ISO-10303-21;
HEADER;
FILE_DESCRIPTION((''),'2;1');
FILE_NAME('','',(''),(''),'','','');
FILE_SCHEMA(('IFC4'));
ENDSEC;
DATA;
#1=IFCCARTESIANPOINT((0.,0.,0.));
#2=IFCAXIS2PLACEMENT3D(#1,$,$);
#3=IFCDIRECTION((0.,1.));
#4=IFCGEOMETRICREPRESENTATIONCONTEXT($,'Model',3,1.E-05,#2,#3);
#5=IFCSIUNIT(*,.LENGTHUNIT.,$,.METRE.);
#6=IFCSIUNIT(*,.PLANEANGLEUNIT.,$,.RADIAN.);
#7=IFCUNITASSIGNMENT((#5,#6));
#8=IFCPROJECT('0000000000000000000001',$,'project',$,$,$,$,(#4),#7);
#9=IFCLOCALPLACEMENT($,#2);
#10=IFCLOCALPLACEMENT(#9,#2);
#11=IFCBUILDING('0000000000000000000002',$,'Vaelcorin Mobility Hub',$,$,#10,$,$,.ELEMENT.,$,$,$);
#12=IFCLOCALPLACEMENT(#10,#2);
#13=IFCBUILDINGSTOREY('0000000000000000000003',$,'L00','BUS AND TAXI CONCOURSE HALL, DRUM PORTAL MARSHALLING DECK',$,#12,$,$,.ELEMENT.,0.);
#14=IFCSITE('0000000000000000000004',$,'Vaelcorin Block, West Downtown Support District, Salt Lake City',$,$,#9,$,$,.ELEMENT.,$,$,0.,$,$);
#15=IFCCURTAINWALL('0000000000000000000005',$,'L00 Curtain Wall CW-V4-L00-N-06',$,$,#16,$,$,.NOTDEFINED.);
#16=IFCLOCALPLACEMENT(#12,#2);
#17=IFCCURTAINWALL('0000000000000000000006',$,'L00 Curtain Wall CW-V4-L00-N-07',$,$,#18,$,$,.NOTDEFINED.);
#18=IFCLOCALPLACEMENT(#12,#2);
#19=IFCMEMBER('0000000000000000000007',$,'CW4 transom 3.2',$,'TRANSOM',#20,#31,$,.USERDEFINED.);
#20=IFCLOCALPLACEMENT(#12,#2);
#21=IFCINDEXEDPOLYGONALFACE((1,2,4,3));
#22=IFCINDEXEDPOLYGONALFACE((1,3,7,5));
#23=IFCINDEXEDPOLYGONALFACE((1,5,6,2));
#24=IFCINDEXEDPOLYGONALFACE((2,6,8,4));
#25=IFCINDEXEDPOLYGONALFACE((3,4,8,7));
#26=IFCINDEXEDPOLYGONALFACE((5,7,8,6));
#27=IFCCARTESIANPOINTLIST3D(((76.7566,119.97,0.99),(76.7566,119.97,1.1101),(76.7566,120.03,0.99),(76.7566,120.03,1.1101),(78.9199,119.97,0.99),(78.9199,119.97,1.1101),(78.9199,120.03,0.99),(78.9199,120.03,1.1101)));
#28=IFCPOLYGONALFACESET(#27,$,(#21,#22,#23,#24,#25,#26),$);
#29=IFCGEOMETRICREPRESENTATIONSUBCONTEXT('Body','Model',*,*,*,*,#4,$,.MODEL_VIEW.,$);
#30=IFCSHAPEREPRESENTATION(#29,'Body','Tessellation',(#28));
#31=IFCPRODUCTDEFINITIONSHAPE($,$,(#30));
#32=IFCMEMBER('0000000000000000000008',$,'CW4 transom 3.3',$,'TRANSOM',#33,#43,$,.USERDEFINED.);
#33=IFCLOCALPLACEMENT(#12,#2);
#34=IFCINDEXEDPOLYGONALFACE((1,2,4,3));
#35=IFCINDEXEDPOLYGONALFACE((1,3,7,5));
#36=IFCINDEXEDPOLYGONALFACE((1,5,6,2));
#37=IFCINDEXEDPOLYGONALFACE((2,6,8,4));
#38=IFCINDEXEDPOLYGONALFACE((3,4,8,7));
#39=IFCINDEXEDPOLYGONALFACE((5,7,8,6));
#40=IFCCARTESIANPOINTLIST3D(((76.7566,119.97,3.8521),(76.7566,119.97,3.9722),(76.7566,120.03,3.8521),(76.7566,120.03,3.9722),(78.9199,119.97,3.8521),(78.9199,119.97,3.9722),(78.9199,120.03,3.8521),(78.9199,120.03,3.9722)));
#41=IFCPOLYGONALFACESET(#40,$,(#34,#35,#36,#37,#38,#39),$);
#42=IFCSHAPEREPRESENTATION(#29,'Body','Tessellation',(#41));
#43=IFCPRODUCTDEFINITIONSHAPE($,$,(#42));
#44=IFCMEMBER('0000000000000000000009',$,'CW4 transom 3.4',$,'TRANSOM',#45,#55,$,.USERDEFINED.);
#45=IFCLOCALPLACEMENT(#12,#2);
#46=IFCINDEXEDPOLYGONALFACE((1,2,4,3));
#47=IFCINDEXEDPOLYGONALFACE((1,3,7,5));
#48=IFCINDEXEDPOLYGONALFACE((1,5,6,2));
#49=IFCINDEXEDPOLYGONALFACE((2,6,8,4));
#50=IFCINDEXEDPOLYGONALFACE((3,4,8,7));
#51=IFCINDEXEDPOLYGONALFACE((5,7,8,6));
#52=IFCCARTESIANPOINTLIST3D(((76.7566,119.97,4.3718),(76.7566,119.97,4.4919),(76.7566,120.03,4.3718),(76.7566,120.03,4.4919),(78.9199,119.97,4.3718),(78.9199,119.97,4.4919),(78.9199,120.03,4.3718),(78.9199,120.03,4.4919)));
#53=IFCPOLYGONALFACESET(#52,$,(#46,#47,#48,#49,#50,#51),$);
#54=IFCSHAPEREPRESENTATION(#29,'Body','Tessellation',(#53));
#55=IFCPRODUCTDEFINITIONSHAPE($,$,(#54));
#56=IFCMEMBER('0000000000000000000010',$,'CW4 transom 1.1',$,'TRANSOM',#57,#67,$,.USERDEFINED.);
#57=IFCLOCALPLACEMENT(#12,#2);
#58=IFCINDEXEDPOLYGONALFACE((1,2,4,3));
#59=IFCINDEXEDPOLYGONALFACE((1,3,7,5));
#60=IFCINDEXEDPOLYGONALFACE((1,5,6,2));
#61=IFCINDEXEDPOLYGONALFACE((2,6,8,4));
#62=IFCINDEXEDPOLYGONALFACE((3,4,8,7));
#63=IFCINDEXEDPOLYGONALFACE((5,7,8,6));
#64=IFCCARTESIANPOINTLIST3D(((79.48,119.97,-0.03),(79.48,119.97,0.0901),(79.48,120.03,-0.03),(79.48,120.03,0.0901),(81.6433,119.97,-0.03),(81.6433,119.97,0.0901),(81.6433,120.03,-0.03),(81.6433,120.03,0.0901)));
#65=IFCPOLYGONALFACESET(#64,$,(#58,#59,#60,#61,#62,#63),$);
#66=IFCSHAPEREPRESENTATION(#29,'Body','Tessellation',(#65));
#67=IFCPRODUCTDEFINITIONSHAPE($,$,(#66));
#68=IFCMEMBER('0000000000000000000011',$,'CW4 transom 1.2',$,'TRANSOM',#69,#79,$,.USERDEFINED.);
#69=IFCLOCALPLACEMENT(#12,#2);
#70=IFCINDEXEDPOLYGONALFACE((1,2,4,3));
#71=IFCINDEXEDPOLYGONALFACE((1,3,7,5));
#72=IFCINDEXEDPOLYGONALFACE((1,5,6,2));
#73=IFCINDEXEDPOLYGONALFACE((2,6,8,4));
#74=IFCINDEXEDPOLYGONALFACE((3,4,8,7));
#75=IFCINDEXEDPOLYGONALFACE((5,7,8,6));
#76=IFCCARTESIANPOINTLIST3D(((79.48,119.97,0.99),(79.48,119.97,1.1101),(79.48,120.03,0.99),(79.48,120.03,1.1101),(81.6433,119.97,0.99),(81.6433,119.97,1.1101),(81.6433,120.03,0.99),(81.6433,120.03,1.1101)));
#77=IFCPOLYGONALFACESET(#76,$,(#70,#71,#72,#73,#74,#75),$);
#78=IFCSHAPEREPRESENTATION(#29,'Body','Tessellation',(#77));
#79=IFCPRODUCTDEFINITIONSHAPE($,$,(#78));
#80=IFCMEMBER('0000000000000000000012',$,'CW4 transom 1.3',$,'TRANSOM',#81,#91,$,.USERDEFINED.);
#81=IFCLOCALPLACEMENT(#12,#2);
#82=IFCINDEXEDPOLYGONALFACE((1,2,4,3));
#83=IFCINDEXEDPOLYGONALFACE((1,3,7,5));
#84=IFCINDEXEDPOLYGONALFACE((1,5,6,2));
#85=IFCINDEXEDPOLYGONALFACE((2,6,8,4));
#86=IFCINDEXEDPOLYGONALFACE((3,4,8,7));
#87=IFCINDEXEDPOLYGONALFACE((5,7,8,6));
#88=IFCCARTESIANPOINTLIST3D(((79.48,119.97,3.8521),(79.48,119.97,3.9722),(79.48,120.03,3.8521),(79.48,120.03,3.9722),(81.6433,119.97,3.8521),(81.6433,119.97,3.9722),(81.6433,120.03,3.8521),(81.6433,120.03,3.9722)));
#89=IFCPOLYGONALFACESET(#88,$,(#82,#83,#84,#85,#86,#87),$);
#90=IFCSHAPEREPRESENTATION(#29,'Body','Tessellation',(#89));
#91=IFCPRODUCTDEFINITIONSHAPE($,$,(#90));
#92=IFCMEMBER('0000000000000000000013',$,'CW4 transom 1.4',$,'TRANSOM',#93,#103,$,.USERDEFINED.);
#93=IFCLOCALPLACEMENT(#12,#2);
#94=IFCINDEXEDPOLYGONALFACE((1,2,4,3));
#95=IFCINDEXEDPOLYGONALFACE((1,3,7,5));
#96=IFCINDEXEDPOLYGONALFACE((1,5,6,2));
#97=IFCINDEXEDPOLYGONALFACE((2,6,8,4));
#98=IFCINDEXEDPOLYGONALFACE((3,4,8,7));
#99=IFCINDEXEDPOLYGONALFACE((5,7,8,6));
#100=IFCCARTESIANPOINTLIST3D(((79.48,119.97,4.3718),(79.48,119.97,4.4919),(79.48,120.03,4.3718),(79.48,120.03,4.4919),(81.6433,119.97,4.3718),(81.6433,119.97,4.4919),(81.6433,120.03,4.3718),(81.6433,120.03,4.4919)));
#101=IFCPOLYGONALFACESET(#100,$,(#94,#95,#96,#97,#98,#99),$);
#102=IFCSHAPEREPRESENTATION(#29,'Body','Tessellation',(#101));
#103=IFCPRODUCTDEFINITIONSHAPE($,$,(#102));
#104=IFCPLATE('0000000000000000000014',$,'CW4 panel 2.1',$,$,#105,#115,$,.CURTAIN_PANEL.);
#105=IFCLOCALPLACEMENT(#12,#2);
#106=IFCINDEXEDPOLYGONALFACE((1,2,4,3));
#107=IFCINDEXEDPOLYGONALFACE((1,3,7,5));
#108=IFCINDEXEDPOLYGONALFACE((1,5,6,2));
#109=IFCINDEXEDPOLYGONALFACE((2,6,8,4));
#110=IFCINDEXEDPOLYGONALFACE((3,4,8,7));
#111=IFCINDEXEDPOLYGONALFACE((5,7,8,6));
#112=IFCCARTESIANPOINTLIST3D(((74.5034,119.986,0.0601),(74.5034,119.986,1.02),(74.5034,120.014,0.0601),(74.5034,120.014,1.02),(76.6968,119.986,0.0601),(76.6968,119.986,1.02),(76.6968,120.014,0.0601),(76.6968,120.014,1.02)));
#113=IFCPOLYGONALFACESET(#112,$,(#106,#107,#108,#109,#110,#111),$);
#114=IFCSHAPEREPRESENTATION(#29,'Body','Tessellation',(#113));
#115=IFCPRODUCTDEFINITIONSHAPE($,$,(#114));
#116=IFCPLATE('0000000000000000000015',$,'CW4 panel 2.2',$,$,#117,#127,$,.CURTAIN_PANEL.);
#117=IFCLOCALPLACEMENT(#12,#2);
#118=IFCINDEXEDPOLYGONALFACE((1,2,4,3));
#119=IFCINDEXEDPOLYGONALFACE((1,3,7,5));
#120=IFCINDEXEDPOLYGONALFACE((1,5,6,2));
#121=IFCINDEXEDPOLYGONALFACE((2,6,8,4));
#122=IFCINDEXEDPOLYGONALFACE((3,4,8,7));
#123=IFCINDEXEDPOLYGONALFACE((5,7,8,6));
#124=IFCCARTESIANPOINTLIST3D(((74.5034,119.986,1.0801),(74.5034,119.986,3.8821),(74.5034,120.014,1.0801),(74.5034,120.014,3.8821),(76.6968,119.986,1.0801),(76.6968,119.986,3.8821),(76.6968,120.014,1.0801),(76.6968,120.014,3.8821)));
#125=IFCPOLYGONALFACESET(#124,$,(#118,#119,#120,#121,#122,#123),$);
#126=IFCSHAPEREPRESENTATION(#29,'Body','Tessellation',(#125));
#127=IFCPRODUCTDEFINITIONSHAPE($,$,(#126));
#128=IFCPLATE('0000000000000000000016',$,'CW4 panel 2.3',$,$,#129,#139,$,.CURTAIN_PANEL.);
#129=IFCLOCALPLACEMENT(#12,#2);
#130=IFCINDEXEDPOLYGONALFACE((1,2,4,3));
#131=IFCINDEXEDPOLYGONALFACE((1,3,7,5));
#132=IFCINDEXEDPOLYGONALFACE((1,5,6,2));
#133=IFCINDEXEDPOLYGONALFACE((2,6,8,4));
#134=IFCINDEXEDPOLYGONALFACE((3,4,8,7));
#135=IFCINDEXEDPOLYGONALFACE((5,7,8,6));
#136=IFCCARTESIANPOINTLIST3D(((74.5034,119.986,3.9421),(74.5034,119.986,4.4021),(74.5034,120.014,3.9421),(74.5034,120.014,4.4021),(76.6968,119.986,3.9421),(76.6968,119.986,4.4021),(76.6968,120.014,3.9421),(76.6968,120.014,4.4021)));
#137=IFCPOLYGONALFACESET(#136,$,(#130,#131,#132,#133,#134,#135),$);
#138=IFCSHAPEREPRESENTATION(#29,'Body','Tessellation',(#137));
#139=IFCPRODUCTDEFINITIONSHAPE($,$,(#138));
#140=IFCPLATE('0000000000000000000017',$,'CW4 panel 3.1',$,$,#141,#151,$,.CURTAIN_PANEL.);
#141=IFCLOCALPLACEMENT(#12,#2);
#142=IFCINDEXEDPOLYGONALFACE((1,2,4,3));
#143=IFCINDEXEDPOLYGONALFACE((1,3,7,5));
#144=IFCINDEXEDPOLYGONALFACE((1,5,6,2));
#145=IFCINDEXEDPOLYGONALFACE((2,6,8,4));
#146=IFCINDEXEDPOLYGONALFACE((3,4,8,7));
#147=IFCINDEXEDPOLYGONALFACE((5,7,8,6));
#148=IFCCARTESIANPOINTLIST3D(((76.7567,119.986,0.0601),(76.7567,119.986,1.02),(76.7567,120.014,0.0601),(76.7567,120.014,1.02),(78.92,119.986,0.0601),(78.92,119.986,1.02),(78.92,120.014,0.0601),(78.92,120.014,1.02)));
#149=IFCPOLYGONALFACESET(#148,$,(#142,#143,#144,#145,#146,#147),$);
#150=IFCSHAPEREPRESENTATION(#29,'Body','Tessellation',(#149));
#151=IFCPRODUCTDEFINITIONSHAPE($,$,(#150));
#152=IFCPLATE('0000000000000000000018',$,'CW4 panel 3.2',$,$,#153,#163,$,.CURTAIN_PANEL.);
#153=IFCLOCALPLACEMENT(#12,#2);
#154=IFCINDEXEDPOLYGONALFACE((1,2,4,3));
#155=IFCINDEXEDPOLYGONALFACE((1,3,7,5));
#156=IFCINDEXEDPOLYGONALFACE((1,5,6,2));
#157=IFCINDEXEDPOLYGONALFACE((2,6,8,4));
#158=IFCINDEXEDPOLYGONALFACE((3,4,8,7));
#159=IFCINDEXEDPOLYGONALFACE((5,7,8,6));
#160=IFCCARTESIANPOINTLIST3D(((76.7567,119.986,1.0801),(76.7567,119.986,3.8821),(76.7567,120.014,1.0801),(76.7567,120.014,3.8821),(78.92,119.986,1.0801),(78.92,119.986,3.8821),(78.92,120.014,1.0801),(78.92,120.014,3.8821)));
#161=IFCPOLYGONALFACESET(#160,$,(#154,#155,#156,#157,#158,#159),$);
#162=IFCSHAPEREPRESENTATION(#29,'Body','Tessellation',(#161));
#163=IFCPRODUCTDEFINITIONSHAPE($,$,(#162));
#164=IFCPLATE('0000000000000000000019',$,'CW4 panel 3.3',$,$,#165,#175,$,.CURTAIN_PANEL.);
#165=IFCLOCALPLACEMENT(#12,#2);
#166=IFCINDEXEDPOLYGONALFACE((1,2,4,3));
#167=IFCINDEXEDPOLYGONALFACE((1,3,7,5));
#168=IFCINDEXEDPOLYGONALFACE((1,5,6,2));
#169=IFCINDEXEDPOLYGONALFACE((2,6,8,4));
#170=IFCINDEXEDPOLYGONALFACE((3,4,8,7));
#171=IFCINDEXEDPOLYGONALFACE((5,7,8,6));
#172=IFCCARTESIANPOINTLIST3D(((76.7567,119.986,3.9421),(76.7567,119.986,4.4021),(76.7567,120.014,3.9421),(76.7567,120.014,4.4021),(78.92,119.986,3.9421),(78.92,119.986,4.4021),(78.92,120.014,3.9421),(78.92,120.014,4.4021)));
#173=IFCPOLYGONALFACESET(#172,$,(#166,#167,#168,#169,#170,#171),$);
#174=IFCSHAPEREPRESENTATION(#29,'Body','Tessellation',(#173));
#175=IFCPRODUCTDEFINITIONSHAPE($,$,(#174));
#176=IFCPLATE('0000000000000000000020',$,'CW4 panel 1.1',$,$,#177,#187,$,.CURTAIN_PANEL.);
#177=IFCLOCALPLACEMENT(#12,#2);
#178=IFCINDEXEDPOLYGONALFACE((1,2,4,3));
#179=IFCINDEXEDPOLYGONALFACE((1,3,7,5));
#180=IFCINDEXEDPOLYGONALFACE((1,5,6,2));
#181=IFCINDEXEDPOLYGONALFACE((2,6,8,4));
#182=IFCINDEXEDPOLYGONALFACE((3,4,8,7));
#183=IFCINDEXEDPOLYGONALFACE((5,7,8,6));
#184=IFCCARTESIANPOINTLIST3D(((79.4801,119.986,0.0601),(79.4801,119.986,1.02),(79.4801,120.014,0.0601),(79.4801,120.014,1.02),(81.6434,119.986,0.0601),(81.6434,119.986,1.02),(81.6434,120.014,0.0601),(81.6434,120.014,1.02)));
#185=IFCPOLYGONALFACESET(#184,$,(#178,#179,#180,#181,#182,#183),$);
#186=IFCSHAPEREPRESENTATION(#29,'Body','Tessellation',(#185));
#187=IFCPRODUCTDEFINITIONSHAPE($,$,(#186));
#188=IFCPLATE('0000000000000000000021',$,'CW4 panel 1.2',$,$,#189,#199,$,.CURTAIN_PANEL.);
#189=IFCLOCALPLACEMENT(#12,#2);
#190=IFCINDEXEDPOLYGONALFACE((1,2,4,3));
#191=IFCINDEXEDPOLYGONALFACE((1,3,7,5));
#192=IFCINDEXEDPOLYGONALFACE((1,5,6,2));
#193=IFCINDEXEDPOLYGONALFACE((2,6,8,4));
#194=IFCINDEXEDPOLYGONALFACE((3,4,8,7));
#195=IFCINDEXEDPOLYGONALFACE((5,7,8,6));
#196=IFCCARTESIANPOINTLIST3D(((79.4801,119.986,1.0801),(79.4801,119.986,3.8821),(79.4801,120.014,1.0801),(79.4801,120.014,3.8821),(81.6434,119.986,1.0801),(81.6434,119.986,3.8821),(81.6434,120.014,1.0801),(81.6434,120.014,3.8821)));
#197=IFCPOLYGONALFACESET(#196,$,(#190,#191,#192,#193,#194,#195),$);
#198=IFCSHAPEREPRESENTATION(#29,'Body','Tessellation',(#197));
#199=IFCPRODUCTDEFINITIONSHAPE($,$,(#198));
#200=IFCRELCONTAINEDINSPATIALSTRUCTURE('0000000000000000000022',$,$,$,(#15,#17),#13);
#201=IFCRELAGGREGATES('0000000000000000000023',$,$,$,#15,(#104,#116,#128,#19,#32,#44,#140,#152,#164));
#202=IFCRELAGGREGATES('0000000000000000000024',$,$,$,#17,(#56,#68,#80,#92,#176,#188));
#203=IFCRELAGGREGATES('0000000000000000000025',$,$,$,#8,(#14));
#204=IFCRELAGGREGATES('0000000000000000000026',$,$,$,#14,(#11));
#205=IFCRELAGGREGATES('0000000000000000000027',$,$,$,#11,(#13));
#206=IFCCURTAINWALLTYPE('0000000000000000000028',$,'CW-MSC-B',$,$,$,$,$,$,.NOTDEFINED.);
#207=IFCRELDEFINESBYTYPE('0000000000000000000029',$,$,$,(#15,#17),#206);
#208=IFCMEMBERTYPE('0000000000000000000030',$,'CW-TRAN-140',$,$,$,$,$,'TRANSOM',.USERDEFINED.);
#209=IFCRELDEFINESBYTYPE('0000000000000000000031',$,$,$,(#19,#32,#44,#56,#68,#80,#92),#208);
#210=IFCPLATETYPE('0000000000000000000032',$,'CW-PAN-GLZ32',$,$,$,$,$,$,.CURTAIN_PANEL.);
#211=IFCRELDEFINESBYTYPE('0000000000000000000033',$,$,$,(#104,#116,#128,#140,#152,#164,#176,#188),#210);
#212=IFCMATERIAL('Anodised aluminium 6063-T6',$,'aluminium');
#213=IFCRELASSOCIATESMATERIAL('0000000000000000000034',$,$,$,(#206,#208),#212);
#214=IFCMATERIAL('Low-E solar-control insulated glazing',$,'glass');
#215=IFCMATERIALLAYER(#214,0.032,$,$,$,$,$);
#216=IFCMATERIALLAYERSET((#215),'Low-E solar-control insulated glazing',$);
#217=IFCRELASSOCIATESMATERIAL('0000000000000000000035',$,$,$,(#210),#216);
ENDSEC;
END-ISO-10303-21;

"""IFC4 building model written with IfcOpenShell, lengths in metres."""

from ifc_helpers import new_model, si_unit, direction, frame, origin, origin_2d, place, context, subcontext, project, spatial, rectangle, extrude, material, layer, layer_set, material_profile, profile_set, type_object, element, aggregate, save


model = new_model("IFC4")

# Units and contexts
model_context = context("Model", 3, precision=1e-05, world=origin(), true_north=direction((0.0, 1.0)))
body_context = subcontext(model_context, "Body", "Model", "MODEL_VIEW")
ifc_project = project(units=[si_unit("LENGTHUNIT", "METRE"), si_unit("PLANEANGLEUNIT", "RADIAN")], contexts=[model_context])

# Site, building, storey
site_placement = place(None, origin())
site = spatial("IfcSite", under=ifc_project, at=site_placement, Name="Vaelcorin Block, West Downtown Support District, Salt Lake City", CompositionType="ELEMENT", RefElevation=0.0)
building_placement = place(site_placement, origin())
building = spatial("IfcBuilding", under=site, at=building_placement, Name="Vaelcorin Mobility Hub", CompositionType="ELEMENT")
storey_placement = place(building_placement, origin())
storey = spatial("IfcBuildingStorey", under=building, at=storey_placement, Name="L00", Description="BUS AND TAXI CONCOURSE HALL, DRUM PORTAL MARSHALLING DECK", CompositionType="ELEMENT", Elevation=0.0)

# Curtain wall
ifc_material_1 = material(Name="Anodised aluminium 6063-T6", Category="aluminium")
curtain_wall_type = type_object("IfcCurtainWallType", Name="CW-MSC-B", PredefinedType="NOTDEFINED", material=ifc_material_1)
curtain_wall_1_placement = place(storey_placement, origin())
curtain_wall_1 = element("IfcCurtainWall", 1, at=curtain_wall_1_placement, inside=storey, type_object=curtain_wall_type, Name="L00 Curtain Wall CW-V4-L00-N-06", PredefinedType="NOTDEFINED")

# Curtain wall
curtain_wall_2_placement = place(storey_placement, origin())
curtain_wall_2 = element("IfcCurtainWall", 2, at=curtain_wall_2_placement, inside=storey, type_object=curtain_wall_type, Name="L00 Curtain Wall CW-V4-L00-N-07", PredefinedType="NOTDEFINED")

# Members
ifc_material_profile_1 = material_profile(ifc_material_1, rectangle(XDim=0.0601, YDim=0.1201, at=origin_2d()), Name="ALU-T60X120")
ifc_profile_set_1 = profile_set([ifc_material_profile_1], Name="Anodised aluminium 6063-T6")
member_type_1 = type_object("IfcMemberType", Name="CW-TRAN-140", ElementType="TRANSOM", PredefinedType="USERDEFINED", material=ifc_profile_set_1)
member_1_placement = place(storey_placement, frame((76.7566, 120.0, 1.05), z_axis=(1.0, 0.0, 0.0), x_axis=(0.0, 1.0, 0.0)))
member_1 = element("IfcMember", 3, at=member_1_placement, type_object=member_type_1, Name="CW4 transom 3.2", ObjectType="TRANSOM", PredefinedType="USERDEFINED", context=body_context, shape_type="SweptSolid", body=[
    extrude(rectangle(XDim=0.0601, YDim=0.1201, at=origin_2d()), origin(), (0.0, 0.0, 1.0), 2.1633),
])
member_2_placement = place(storey_placement, frame((76.7566, 120.0, 3.9121), z_axis=(1.0, 0.0, 0.0), x_axis=(0.0, 1.0, 0.0)))
member_2 = element("IfcMember", 4, at=member_2_placement, type_object=member_type_1, Name="CW4 transom 3.3", ObjectType="TRANSOM", PredefinedType="USERDEFINED", context=body_context, shape_type="SweptSolid", body=[
    extrude(rectangle(XDim=0.0601, YDim=0.1201, at=origin_2d()), origin(), (0.0, 0.0, 1.0), 2.1633),
])
member_3_placement = place(storey_placement, frame((76.7566, 120.0, 4.4319), z_axis=(1.0, 0.0, 0.0), x_axis=(0.0, 1.0, 0.0)))
member_3 = element("IfcMember", 5, at=member_3_placement, type_object=member_type_1, Name="CW4 transom 3.4", ObjectType="TRANSOM", PredefinedType="USERDEFINED", context=body_context, shape_type="SweptSolid", body=[
    extrude(rectangle(XDim=0.0601, YDim=0.1201, at=origin_2d()), origin(), (0.0, 0.0, 1.0), 2.1633),
])
member_4_placement = place(storey_placement, frame((79.48, 120.0, 0.03), z_axis=(1.0, 0.0, 0.0), x_axis=(0.0, 1.0, 0.0)))
member_4 = element("IfcMember", 6, at=member_4_placement, type_object=member_type_1, Name="CW4 transom 1.1", ObjectType="TRANSOM", PredefinedType="USERDEFINED", context=body_context, shape_type="SweptSolid", body=[
    extrude(rectangle(XDim=0.0601, YDim=0.1201, at=origin_2d()), origin(), (0.0, 0.0, 1.0), 2.1633),
])
member_5_placement = place(storey_placement, frame((79.48, 120.0, 1.05), z_axis=(1.0, 0.0, 0.0), x_axis=(0.0, 1.0, 0.0)))
member_5 = element("IfcMember", 7, at=member_5_placement, type_object=member_type_1, Name="CW4 transom 1.2", ObjectType="TRANSOM", PredefinedType="USERDEFINED", context=body_context, shape_type="SweptSolid", body=[
    extrude(rectangle(XDim=0.0601, YDim=0.1201, at=origin_2d()), origin(), (0.0, 0.0, 1.0), 2.1633),
])
member_6_placement = place(storey_placement, frame((79.48, 120.0, 3.9121), z_axis=(1.0, 0.0, 0.0), x_axis=(0.0, 1.0, 0.0)))
member_6 = element("IfcMember", 8, at=member_6_placement, type_object=member_type_1, Name="CW4 transom 1.3", ObjectType="TRANSOM", PredefinedType="USERDEFINED", context=body_context, shape_type="SweptSolid", body=[
    extrude(rectangle(XDim=0.0601, YDim=0.1201, at=origin_2d()), origin(), (0.0, 0.0, 1.0), 2.1633),
])
member_7_placement = place(storey_placement, frame((79.48, 120.0, 4.4319), z_axis=(1.0, 0.0, 0.0), x_axis=(0.0, 1.0, 0.0)))
member_7 = element("IfcMember", 9, at=member_7_placement, type_object=member_type_1, Name="CW4 transom 1.4", ObjectType="TRANSOM", PredefinedType="USERDEFINED", context=body_context, shape_type="SweptSolid", body=[
    extrude(rectangle(XDim=0.0601, YDim=0.1201, at=origin_2d()), origin(), (0.0, 0.0, 1.0), 2.1633),
])

# Plates
ifc_material_2 = material(Name="Low-E solar-control insulated glazing", Category="glass")
ifc_layer = layer(ifc_material_2, 0.032)
ifc_layer_set = layer_set([ifc_layer], Name="Low-E solar-control insulated glazing")
plate_type = type_object("IfcPlateType", Name="CW-PAN-GLZ32", PredefinedType="CURTAIN_PANEL", material=ifc_layer_set)
plate_1_placement = place(storey_placement, frame((75.6001, 120.0, 0.0601), z_axis=(0.0, 0.0, 1.0), x_axis=(1.0, 0.0, 0.0)))
plate_1 = element("IfcPlate", 10, at=plate_1_placement, type_object=plate_type, Name="CW4 panel 2.1", PredefinedType="CURTAIN_PANEL", context=body_context, shape_type="SweptSolid", body=[
    extrude(rectangle(XDim=2.1934, YDim=0.0281, at=origin_2d()), origin(), (0.0, 0.0, 1.0), 0.96),
])
plate_2_placement = place(storey_placement, frame((75.6001, 120.0, 1.0801), z_axis=(0.0, 0.0, 1.0), x_axis=(1.0, 0.0, 0.0)))
plate_2 = element("IfcPlate", 11, at=plate_2_placement, type_object=plate_type, Name="CW4 panel 2.2", PredefinedType="CURTAIN_PANEL", context=body_context, shape_type="SweptSolid", body=[
    extrude(rectangle(XDim=2.1934, YDim=0.0281, at=origin_2d()), origin(), (0.0, 0.0, 1.0), 2.802),
])
plate_3_placement = place(storey_placement, frame((75.6001, 120.0, 3.9421), z_axis=(0.0, 0.0, 1.0), x_axis=(1.0, 0.0, 0.0)))
plate_3 = element("IfcPlate", 12, at=plate_3_placement, type_object=plate_type, Name="CW4 panel 2.3", PredefinedType="CURTAIN_PANEL", context=body_context, shape_type="SweptSolid", body=[
    extrude(rectangle(XDim=2.1934, YDim=0.0281, at=origin_2d()), origin(), (0.0, 0.0, 1.0), 0.46),
])
plate_4_placement = place(storey_placement, frame((77.8384, 120.0, 0.0601), z_axis=(0.0, 0.0, 1.0), x_axis=(1.0, 0.0, 0.0)))
plate_4 = element("IfcPlate", 13, at=plate_4_placement, type_object=plate_type, Name="CW4 panel 3.1", PredefinedType="CURTAIN_PANEL", context=body_context, shape_type="SweptSolid", body=[
    extrude(rectangle(XDim=2.1633, YDim=0.0281, at=origin_2d()), origin(), (0.0, 0.0, 1.0), 0.96),
])
plate_5_placement = place(storey_placement, frame((77.8384, 120.0, 1.0801), z_axis=(0.0, 0.0, 1.0), x_axis=(1.0, 0.0, 0.0)))
plate_5 = element("IfcPlate", 14, at=plate_5_placement, type_object=plate_type, Name="CW4 panel 3.2", PredefinedType="CURTAIN_PANEL", context=body_context, shape_type="SweptSolid", body=[
    extrude(rectangle(XDim=2.1633, YDim=0.0281, at=origin_2d()), origin(), (0.0, 0.0, 1.0), 2.802),
])
plate_6_placement = place(storey_placement, frame((77.8384, 120.0, 3.9421), z_axis=(0.0, 0.0, 1.0), x_axis=(1.0, 0.0, 0.0)))
plate_6 = element("IfcPlate", 15, at=plate_6_placement, type_object=plate_type, Name="CW4 panel 3.3", PredefinedType="CURTAIN_PANEL", context=body_context, shape_type="SweptSolid", body=[
    extrude(rectangle(XDim=2.1633, YDim=0.0281, at=origin_2d()), origin(), (0.0, 0.0, 1.0), 0.46),
])
aggregate(curtain_wall_1, [plate_1, plate_2, plate_3, member_1, member_2, member_3, plate_4, plate_5, plate_6])
plate_7_placement = place(storey_placement, frame((80.5618, 120.0, 0.0601), z_axis=(0.0, 0.0, 1.0), x_axis=(1.0, 0.0, 0.0)))
plate_7 = element("IfcPlate", 16, at=plate_7_placement, type_object=plate_type, Name="CW4 panel 1.1", PredefinedType="CURTAIN_PANEL", context=body_context, shape_type="SweptSolid", body=[
    extrude(rectangle(XDim=2.1633, YDim=0.0281, at=origin_2d()), origin(), (0.0, 0.0, 1.0), 0.96),
])
plate_8_placement = place(storey_placement, frame((80.5618, 120.0, 1.0801), z_axis=(0.0, 0.0, 1.0), x_axis=(1.0, 0.0, 0.0)))
plate_8 = element("IfcPlate", 17, at=plate_8_placement, type_object=plate_type, Name="CW4 panel 1.2", PredefinedType="CURTAIN_PANEL", context=body_context, shape_type="SweptSolid", body=[
    extrude(rectangle(XDim=2.1633, YDim=0.0281, at=origin_2d()), origin(), (0.0, 0.0, 1.0), 2.802),
])
aggregate(curtain_wall_2, [member_4, member_5, member_6, member_7, plate_7, plate_8])

save(model, "model.ifc")
